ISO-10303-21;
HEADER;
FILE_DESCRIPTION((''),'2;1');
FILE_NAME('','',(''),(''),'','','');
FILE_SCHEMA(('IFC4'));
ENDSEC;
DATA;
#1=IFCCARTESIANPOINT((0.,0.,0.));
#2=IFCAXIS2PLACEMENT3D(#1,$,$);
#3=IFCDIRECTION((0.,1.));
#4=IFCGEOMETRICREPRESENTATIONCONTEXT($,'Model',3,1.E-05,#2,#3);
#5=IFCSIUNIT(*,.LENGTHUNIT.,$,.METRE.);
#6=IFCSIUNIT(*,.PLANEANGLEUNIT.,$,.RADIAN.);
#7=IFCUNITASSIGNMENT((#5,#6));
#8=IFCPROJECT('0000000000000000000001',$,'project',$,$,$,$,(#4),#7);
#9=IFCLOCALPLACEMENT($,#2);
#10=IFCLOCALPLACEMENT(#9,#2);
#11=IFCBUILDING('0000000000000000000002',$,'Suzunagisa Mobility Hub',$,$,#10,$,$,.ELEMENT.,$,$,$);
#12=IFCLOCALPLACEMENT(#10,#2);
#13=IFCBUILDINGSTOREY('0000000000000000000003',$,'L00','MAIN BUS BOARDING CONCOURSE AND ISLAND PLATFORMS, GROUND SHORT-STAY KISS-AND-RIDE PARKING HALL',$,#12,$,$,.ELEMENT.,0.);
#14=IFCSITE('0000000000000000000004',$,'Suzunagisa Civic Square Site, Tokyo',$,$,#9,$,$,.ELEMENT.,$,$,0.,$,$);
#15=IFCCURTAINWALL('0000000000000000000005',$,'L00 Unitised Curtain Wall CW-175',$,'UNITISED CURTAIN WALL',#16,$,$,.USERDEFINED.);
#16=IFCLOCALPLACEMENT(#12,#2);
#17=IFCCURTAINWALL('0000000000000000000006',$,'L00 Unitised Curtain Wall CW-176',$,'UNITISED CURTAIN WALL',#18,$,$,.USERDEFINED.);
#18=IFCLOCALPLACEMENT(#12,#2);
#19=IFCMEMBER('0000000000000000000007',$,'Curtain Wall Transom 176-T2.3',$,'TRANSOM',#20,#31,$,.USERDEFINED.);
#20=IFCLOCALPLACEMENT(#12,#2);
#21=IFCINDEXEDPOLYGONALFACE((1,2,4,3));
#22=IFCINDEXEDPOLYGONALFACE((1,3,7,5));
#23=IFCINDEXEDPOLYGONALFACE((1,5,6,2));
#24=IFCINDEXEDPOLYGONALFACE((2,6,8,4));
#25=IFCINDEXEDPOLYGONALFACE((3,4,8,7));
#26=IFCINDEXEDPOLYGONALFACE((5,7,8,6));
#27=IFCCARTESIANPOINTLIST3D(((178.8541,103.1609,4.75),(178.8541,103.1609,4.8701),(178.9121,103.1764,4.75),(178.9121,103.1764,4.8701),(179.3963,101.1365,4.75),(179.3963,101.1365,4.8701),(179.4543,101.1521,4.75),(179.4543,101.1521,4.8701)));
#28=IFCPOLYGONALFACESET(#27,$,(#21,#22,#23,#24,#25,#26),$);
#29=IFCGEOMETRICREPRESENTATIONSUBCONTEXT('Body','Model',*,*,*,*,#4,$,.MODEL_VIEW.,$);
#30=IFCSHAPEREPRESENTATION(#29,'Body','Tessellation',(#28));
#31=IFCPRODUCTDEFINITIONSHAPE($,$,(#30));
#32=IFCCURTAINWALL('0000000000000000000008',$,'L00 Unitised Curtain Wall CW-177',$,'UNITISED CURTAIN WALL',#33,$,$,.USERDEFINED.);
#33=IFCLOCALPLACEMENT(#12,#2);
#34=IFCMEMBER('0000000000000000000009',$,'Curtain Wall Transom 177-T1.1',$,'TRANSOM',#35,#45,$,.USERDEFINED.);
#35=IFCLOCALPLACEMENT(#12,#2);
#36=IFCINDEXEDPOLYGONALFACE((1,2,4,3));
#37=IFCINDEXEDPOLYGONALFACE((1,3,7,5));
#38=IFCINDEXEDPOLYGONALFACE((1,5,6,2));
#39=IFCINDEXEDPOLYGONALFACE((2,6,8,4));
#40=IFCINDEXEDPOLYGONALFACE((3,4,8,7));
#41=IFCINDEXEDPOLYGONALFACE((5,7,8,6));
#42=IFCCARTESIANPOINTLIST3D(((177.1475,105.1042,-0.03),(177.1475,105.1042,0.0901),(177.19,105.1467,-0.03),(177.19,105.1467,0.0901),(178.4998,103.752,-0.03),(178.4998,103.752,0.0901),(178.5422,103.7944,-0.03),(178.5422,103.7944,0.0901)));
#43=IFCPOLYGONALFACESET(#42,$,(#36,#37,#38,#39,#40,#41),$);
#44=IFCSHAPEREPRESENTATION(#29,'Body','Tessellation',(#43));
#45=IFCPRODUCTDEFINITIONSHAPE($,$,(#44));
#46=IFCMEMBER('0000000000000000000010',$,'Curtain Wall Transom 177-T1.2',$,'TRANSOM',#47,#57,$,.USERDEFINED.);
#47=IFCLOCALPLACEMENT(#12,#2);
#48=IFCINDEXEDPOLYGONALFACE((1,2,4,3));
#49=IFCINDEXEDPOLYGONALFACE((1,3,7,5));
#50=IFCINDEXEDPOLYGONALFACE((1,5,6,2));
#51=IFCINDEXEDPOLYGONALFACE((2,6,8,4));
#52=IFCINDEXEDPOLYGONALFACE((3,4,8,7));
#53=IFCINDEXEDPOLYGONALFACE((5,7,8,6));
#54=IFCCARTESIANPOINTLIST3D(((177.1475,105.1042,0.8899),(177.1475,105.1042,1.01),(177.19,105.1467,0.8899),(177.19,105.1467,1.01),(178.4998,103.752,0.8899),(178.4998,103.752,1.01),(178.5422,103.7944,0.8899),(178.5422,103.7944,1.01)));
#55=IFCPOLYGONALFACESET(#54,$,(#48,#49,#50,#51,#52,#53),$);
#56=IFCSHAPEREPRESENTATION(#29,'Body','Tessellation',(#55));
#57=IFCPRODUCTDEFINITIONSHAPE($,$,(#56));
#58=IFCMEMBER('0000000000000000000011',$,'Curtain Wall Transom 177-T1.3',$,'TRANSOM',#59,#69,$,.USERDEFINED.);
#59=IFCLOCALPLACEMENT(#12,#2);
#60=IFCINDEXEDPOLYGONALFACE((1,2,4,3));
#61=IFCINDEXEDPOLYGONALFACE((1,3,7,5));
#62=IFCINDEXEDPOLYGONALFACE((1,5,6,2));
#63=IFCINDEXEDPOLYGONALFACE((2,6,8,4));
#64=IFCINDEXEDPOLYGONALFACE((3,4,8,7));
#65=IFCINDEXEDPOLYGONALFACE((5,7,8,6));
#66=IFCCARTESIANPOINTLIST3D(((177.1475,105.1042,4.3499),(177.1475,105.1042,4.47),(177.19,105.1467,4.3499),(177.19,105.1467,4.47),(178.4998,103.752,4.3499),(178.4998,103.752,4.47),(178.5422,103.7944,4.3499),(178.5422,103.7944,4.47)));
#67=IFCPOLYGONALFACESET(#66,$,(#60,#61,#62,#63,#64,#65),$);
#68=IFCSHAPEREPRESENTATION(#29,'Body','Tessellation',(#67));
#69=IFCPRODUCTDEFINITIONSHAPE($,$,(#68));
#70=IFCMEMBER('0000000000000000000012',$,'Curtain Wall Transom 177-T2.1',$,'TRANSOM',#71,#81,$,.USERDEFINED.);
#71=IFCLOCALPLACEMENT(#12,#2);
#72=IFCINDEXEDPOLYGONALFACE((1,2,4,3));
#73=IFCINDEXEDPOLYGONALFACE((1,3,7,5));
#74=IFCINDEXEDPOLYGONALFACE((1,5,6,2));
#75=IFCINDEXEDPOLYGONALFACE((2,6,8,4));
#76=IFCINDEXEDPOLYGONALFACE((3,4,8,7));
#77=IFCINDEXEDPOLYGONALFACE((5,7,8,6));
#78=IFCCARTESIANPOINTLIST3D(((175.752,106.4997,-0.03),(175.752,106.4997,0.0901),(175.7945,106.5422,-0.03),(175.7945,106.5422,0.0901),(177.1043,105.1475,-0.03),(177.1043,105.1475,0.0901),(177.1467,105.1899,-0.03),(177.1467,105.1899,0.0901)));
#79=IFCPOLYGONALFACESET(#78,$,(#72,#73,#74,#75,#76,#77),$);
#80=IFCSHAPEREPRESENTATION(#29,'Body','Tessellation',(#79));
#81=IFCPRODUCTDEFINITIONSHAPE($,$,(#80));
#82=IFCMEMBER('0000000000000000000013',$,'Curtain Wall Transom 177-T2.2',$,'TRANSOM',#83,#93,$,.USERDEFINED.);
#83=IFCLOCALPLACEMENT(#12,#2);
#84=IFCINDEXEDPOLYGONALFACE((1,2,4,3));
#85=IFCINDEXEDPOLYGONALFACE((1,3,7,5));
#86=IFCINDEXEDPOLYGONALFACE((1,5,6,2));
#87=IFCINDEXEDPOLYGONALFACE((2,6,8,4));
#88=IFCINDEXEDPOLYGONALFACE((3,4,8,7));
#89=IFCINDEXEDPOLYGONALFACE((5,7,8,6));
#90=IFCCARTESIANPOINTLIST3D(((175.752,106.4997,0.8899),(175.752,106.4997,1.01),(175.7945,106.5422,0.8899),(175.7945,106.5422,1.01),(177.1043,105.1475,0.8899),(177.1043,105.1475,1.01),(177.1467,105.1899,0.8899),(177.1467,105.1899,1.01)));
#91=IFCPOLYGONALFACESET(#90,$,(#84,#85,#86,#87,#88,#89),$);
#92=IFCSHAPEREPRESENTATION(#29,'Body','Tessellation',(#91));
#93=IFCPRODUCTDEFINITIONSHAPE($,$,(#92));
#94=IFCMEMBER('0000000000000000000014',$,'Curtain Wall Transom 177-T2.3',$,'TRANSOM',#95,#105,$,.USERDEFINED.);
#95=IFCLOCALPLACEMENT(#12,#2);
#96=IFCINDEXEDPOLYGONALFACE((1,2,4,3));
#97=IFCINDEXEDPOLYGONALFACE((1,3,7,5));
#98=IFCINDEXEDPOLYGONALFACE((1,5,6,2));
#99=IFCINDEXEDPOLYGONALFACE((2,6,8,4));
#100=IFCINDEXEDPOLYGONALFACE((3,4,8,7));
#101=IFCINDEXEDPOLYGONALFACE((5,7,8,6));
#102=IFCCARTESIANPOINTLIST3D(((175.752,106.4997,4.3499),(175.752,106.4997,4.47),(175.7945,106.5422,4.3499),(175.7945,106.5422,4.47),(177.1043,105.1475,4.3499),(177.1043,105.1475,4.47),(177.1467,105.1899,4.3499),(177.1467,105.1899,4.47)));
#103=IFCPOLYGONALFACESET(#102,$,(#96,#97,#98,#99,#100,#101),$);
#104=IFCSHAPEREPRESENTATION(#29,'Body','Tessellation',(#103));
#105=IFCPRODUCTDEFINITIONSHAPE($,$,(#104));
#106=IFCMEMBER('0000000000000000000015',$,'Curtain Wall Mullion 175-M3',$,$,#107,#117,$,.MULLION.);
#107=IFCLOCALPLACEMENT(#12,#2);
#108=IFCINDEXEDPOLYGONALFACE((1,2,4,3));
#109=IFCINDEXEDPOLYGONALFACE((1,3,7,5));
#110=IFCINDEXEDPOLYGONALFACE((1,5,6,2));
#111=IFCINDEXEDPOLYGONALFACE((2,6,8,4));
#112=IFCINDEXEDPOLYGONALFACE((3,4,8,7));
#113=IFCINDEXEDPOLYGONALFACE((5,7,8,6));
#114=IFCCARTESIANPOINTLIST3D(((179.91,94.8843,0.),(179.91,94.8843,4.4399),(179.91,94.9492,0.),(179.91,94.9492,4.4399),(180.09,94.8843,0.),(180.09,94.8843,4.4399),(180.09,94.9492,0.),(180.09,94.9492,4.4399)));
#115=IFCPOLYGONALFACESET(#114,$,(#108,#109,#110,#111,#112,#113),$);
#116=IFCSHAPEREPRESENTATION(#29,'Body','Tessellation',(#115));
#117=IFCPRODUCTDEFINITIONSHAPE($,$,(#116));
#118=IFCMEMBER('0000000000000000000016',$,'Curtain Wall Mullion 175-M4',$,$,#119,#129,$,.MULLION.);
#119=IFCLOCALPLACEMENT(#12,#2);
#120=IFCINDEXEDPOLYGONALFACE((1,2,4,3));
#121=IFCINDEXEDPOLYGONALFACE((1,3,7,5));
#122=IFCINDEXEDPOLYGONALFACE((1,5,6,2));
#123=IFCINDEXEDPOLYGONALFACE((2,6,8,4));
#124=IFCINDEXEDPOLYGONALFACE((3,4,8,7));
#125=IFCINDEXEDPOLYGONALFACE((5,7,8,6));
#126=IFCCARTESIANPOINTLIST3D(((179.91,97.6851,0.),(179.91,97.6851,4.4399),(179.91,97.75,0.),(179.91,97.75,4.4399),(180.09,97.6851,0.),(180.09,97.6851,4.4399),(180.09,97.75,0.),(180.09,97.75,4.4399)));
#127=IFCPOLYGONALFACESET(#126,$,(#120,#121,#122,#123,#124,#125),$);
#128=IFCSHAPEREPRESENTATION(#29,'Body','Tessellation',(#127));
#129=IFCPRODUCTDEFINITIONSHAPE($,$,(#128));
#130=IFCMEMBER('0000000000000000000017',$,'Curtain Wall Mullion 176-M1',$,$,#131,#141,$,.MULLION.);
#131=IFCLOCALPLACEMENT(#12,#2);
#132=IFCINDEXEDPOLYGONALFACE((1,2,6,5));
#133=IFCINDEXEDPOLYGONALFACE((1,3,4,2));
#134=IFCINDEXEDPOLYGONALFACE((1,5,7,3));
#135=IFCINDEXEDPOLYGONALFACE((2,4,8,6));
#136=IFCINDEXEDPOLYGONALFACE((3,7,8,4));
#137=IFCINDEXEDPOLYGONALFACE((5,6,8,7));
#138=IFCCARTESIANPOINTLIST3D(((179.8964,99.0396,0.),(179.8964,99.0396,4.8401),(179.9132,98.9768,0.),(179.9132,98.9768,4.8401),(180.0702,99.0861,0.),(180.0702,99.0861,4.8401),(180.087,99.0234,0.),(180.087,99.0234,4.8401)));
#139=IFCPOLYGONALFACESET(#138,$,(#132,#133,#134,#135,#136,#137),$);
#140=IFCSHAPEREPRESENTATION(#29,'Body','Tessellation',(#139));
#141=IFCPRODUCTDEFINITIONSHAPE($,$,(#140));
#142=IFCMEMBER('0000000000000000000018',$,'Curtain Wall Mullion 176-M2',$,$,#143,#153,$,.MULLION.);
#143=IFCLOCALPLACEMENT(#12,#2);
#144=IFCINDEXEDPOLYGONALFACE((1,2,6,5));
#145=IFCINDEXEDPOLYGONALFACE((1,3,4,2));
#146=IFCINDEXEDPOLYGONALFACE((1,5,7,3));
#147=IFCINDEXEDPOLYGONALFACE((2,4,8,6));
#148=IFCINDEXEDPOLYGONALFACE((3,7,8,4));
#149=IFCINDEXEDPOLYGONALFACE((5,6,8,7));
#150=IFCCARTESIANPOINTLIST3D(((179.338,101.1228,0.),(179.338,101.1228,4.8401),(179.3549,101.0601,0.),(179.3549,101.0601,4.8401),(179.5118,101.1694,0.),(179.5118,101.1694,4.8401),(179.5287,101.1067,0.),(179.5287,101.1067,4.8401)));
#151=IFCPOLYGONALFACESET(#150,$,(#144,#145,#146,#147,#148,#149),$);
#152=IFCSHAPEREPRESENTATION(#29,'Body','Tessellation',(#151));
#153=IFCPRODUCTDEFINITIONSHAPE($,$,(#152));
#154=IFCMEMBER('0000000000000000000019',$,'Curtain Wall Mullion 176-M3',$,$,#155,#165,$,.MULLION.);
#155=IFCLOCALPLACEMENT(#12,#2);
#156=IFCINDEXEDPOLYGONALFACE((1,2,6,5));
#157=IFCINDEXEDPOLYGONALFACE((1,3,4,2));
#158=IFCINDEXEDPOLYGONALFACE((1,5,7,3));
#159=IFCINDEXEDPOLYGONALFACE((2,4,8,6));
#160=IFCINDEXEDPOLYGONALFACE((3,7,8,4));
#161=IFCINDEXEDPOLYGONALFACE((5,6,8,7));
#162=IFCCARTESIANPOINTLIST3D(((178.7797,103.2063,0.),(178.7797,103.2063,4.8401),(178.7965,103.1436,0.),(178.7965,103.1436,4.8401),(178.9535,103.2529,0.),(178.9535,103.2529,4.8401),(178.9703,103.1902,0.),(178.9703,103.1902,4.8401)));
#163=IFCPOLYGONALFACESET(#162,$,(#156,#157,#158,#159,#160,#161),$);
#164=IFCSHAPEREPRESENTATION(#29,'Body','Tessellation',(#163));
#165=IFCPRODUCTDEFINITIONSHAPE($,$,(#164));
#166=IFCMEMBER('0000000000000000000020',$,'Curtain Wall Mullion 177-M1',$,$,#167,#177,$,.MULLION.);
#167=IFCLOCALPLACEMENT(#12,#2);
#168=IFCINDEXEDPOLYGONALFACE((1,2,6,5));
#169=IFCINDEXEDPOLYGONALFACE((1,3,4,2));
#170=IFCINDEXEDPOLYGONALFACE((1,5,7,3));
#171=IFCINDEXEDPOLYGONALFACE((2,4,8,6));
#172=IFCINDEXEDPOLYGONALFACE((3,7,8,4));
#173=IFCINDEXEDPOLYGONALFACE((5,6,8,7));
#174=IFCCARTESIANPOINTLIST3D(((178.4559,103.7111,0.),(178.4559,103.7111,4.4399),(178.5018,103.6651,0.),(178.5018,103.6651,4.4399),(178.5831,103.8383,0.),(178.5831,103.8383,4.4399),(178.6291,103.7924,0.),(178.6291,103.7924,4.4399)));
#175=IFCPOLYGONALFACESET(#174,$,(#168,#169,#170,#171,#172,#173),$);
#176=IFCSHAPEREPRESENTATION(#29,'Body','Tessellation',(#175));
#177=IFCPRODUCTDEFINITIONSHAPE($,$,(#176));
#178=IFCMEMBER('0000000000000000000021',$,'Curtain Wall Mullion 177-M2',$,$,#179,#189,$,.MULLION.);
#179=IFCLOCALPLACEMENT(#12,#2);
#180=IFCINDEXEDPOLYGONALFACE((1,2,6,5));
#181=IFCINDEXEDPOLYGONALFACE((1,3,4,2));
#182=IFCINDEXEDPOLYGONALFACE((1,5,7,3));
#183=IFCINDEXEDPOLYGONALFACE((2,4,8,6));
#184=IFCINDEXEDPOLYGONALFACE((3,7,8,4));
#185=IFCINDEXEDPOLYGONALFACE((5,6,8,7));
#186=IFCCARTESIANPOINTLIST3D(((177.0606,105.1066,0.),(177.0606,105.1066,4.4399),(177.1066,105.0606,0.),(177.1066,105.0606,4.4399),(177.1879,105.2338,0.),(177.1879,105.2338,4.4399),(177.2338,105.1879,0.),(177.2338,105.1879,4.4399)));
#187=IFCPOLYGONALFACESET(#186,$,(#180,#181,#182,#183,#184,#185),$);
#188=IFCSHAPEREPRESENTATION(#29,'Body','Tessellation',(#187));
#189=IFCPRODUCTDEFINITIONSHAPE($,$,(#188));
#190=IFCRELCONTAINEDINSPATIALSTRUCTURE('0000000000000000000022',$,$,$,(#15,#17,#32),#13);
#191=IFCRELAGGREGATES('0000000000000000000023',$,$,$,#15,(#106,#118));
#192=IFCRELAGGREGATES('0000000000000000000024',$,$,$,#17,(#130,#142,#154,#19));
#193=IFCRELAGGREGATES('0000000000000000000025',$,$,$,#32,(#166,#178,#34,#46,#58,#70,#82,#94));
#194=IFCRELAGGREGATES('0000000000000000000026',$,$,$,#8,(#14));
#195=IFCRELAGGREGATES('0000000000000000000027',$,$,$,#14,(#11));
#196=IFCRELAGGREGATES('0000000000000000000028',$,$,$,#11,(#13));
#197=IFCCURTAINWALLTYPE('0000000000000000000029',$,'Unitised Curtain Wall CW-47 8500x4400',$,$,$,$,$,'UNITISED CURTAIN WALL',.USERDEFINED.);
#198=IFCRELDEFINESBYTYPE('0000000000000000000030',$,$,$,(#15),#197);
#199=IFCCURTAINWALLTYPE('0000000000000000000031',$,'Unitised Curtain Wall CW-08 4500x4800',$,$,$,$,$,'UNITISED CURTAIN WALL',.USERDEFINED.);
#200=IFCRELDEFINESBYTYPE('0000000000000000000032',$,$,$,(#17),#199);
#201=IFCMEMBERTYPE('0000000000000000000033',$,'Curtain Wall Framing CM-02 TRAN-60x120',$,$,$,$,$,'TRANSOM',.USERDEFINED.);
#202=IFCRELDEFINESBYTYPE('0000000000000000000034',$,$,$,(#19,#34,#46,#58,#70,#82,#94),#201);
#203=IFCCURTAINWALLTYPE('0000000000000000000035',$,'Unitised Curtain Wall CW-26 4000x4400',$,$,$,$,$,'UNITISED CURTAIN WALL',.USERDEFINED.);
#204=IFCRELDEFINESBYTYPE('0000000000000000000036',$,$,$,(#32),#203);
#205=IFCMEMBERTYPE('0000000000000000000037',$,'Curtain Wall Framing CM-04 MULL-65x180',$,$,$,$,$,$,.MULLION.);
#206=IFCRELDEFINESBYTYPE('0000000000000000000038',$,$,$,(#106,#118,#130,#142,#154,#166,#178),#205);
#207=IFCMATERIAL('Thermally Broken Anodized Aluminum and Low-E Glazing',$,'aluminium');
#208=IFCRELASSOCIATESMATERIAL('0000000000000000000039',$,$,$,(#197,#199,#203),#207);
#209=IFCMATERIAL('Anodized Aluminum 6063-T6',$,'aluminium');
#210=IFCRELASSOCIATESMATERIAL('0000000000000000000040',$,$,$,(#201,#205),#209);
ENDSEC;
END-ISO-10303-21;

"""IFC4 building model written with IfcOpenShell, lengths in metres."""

from ifc_helpers import new_model, si_unit, direction, frame, origin, origin_2d, place, context, subcontext, project, spatial, rectangle, extrude, material, material_profile, profile_set, type_object, element, aggregate, save


model = new_model("IFC4")

# Units and contexts
model_context = context("Model", 3, precision=1e-05, world=origin(), true_north=direction((0.0, 1.0)))
body_context = subcontext(model_context, "Body", "Model", "MODEL_VIEW")
ifc_project = project(units=[si_unit("LENGTHUNIT", "METRE"), si_unit("PLANEANGLEUNIT", "RADIAN")], contexts=[model_context])

# Site, building, storey
site_placement = place(None, origin())
site = spatial("IfcSite", under=ifc_project, at=site_placement, Name="Suzunagisa Civic Square Site, Tokyo", CompositionType="ELEMENT", RefElevation=0.0)
building_placement = place(site_placement, origin())
building = spatial("IfcBuilding", under=site, at=building_placement, Name="Suzunagisa Mobility Hub", CompositionType="ELEMENT")
storey_placement = place(building_placement, origin())
storey = spatial("IfcBuildingStorey", under=building, at=storey_placement, Name="L00", Description="MAIN BUS BOARDING CONCOURSE AND ISLAND PLATFORMS, GROUND SHORT-STAY KISS-AND-RIDE PARKING HALL", CompositionType="ELEMENT", Elevation=0.0)

# Curtain walls, members
ifc_material_1 = material(Name="Thermally Broken Anodized Aluminum and Low-E Glazing", Category="aluminium")
curtain_wall_type_1 = type_object("IfcCurtainWallType", Name="Unitised Curtain Wall CW-47 8500x4400", ElementType="UNITISED CURTAIN WALL", PredefinedType="USERDEFINED", material=ifc_material_1)
curtain_wall_1_placement = place(storey_placement, origin())
curtain_wall_1 = element("IfcCurtainWall", 1, at=curtain_wall_1_placement, inside=storey, type_object=curtain_wall_type_1, Name="L00 Unitised Curtain Wall CW-175", ObjectType="UNITISED CURTAIN WALL", PredefinedType="USERDEFINED")
ifc_material_2 = material(Name="Anodized Aluminum 6063-T6", Category="aluminium")
curtain_wall_type_2 = type_object("IfcCurtainWallType", Name="Unitised Curtain Wall CW-08 4500x4800", ElementType="UNITISED CURTAIN WALL", PredefinedType="USERDEFINED", material=ifc_material_1)
curtain_wall_2_placement = place(storey_placement, origin())
curtain_wall_2 = element("IfcCurtainWall", 2, at=curtain_wall_2_placement, inside=storey, type_object=curtain_wall_type_2, Name="L00 Unitised Curtain Wall CW-176", ObjectType="UNITISED CURTAIN WALL", PredefinedType="USERDEFINED")
ifc_material_profile_1 = material_profile(ifc_material_2, rectangle(XDim=0.0601, YDim=0.1201, at=origin_2d()), Name="TRAN-60x120")
ifc_profile_set_1 = profile_set([ifc_material_profile_1], Name="Anodized Aluminum 6063-T6")
member_type_1 = type_object("IfcMemberType", Name="Curtain Wall Framing CM-02 TRAN-60x120", ElementType="TRANSOM", PredefinedType="USERDEFINED", material=ifc_profile_set_1)
member_1_placement = place(storey_placement, frame((179.4253, 101.1443, 4.8101), z_axis=(-0.258728, 0.96595, 0.0), x_axis=(-0.96595, -0.258728, 0.0)))
member_1 = element("IfcMember", 3, at=member_1_placement, type_object=member_type_1, Name="Curtain Wall Transom 176-T2.3", ObjectType="TRANSOM", PredefinedType="USERDEFINED", context=body_context, shape_type="SweptSolid", body=[
    extrude(rectangle(XDim=0.0601, YDim=0.1201, at=origin_2d()), origin(), (0.0, 0.0, 1.0), 2.0957),
])
curtain_wall_type_3 = type_object("IfcCurtainWallType", Name="Unitised Curtain Wall CW-26 4000x4400", ElementType="UNITISED CURTAIN WALL", PredefinedType="USERDEFINED", material=ifc_material_1)
curtain_wall_3_placement = place(storey_placement, origin())
curtain_wall_3 = element("IfcCurtainWall", 4, at=curtain_wall_3_placement, inside=storey, type_object=curtain_wall_type_3, Name="L00 Unitised Curtain Wall CW-177", ObjectType="UNITISED CURTAIN WALL", PredefinedType="USERDEFINED")
member_2_placement = place(storey_placement, frame((178.521, 103.7732, 0.03), z_axis=(-0.707107, 0.707107, 0.0), x_axis=(-0.707107, -0.707107, 0.0)))
member_2 = element("IfcMember", 5, at=member_2_placement, type_object=member_type_1, Name="Curtain Wall Transom 177-T1.1", ObjectType="TRANSOM", PredefinedType="USERDEFINED", context=body_context, shape_type="SweptSolid", body=[
    extrude(rectangle(XDim=0.0601, YDim=0.1201, at=origin_2d()), origin(), (0.0, 0.0, 1.0), 1.9124),
])
member_3_placement = place(storey_placement, frame((178.521, 103.7732, 0.95), z_axis=(-0.707107, 0.707107, 0.0), x_axis=(-0.707107, -0.707107, 0.0)))
member_3 = element("IfcMember", 6, at=member_3_placement, type_object=member_type_1, Name="Curtain Wall Transom 177-T1.2", ObjectType="TRANSOM", PredefinedType="USERDEFINED", context=body_context, shape_type="SweptSolid", body=[
    extrude(rectangle(XDim=0.0601, YDim=0.1201, at=origin_2d()), origin(), (0.0, 0.0, 1.0), 1.9124),
])
member_4_placement = place(storey_placement, frame((178.521, 103.7732, 4.4099), z_axis=(-0.707107, 0.707107, 0.0), x_axis=(-0.707107, -0.707107, 0.0)))
member_4 = element("IfcMember", 7, at=member_4_placement, type_object=member_type_1, Name="Curtain Wall Transom 177-T1.3", ObjectType="TRANSOM", PredefinedType="USERDEFINED", context=body_context, shape_type="SweptSolid", body=[
    extrude(rectangle(XDim=0.0601, YDim=0.1201, at=origin_2d()), origin(), (0.0, 0.0, 1.0), 1.9124),
])
member_5_placement = place(storey_placement, frame((177.1255, 105.1687, 0.03), z_axis=(-0.707107, 0.707107, 0.0), x_axis=(-0.707107, -0.707107, 0.0)))
member_5 = element("IfcMember", 8, at=member_5_placement, type_object=member_type_1, Name="Curtain Wall Transom 177-T2.1", ObjectType="TRANSOM", PredefinedType="USERDEFINED", context=body_context, shape_type="SweptSolid", body=[
    extrude(rectangle(XDim=0.0601, YDim=0.1201, at=origin_2d()), origin(), (0.0, 0.0, 1.0), 1.9124),
])
member_6_placement = place(storey_placement, frame((177.1255, 105.1687, 0.95), z_axis=(-0.707107, 0.707107, 0.0), x_axis=(-0.707107, -0.707107, 0.0)))
member_6 = element("IfcMember", 9, at=member_6_placement, type_object=member_type_1, Name="Curtain Wall Transom 177-T2.2", ObjectType="TRANSOM", PredefinedType="USERDEFINED", context=body_context, shape_type="SweptSolid", body=[
    extrude(rectangle(XDim=0.0601, YDim=0.1201, at=origin_2d()), origin(), (0.0, 0.0, 1.0), 1.9124),
])
member_7_placement = place(storey_placement, frame((177.1255, 105.1687, 4.4099), z_axis=(-0.707107, 0.707107, 0.0), x_axis=(-0.707107, -0.707107, 0.0)))
member_7 = element("IfcMember", 10, at=member_7_placement, type_object=member_type_1, Name="Curtain Wall Transom 177-T2.3", ObjectType="TRANSOM", PredefinedType="USERDEFINED", context=body_context, shape_type="SweptSolid", body=[
    extrude(rectangle(XDim=0.0601, YDim=0.1201, at=origin_2d()), origin(), (0.0, 0.0, 1.0), 1.9124),
])

# Members
ifc_material_profile_2 = material_profile(ifc_material_2, rectangle(XDim=0.0649, YDim=0.1799, at=origin_2d()), Name="MULL-65x180")
ifc_profile_set_2 = profile_set([ifc_material_profile_2], Name="Anodized Aluminum 6063-T6")
member_type_2 = type_object("IfcMemberType", Name="Curtain Wall Framing CM-04 MULL-65x180", PredefinedType="MULLION", material=ifc_profile_set_2)
member_8_placement = place(storey_placement, frame((180.0, 94.9167, 0.0), z_axis=(0.0, 0.0, 1.0), x_axis=(0.0, 1.0, 0.0)))
member_8 = element("IfcMember", 11, at=member_8_placement, type_object=member_type_2, Name="Curtain Wall Mullion 175-M3", PredefinedType="MULLION", context=body_context, shape_type="SweptSolid", body=[
    extrude(rectangle(XDim=0.0649, YDim=0.1799, at=origin_2d()), origin(), (0.0, 0.0, 1.0), 4.4399),
])
member_9_placement = place(storey_placement, frame((180.0, 97.7175, 0.0), z_axis=(0.0, 0.0, 1.0), x_axis=(0.0, 1.0, 0.0)))
member_9 = element("IfcMember", 12, at=member_9_placement, type_object=member_type_2, Name="Curtain Wall Mullion 175-M4", PredefinedType="MULLION", context=body_context, shape_type="SweptSolid", body=[
    extrude(rectangle(XDim=0.0649, YDim=0.1799, at=origin_2d()), origin(), (0.0, 0.0, 1.0), 4.4399),
])
member_10_placement = place(storey_placement, frame((179.9917, 99.0315, 0.0), z_axis=(0.0, 0.0, 1.0), x_axis=(-0.258815, 0.965927, 0.0)))
member_10 = element("IfcMember", 13, at=member_10_placement, type_object=member_type_2, Name="Curtain Wall Mullion 176-M1", PredefinedType="MULLION", context=body_context, shape_type="SweptSolid", body=[
    extrude(rectangle(XDim=0.0649, YDim=0.1799, at=origin_2d()), origin(), (0.0, 0.0, 1.0), 4.8401),
])
member_11_placement = place(storey_placement, frame((179.4333, 101.1147, 0.0), z_axis=(0.0, 0.0, 1.0), x_axis=(-0.258815, 0.965927, 0.0)))
member_11 = element("IfcMember", 14, at=member_11_placement, type_object=member_type_2, Name="Curtain Wall Mullion 176-M2", PredefinedType="MULLION", context=body_context, shape_type="SweptSolid", body=[
    extrude(rectangle(XDim=0.0649, YDim=0.1799, at=origin_2d()), origin(), (0.0, 0.0, 1.0), 4.8401),
])
member_12_placement = place(storey_placement, frame((178.875, 103.1982, 0.0), z_axis=(0.0, 0.0, 1.0), x_axis=(-0.258815, 0.965927, 0.0)))
member_12 = element("IfcMember", 15, at=member_12_placement, type_object=member_type_2, Name="Curtain Wall Mullion 176-M3", PredefinedType="MULLION", context=body_context, shape_type="SweptSolid", body=[
    extrude(rectangle(XDim=0.0649, YDim=0.1799, at=origin_2d()), origin(), (0.0, 0.0, 1.0), 4.8401),
])
member_13_placement = place(storey_placement, frame((178.5425, 103.7517, 0.0), z_axis=(0.0, 0.0, 1.0), x_axis=(-0.707107, 0.707107, 0.0)))
member_13 = element("IfcMember", 16, at=member_13_placement, type_object=member_type_2, Name="Curtain Wall Mullion 177-M1", PredefinedType="MULLION", context=body_context, shape_type="SweptSolid", body=[
    extrude(rectangle(XDim=0.0649, YDim=0.1799, at=origin_2d()), origin(), (0.0, 0.0, 1.0), 4.4399),
])
member_14_placement = place(storey_placement, frame((177.1472, 105.1472, 0.0), z_axis=(0.0, 0.0, 1.0), x_axis=(-0.707107, 0.707107, 0.0)))
member_14 = element("IfcMember", 17, at=member_14_placement, type_object=member_type_2, Name="Curtain Wall Mullion 177-M2", PredefinedType="MULLION", context=body_context, shape_type="SweptSolid", body=[
    extrude(rectangle(XDim=0.0649, YDim=0.1799, at=origin_2d()), origin(), (0.0, 0.0, 1.0), 4.4399),
])

aggregate(curtain_wall_1, [member_8, member_9])
aggregate(curtain_wall_2, [member_10, member_11, member_12, member_1])
aggregate(curtain_wall_3, [member_13, member_14, member_2, member_3, member_4, member_5, member_6, member_7])

save(model, "model.ifc")
